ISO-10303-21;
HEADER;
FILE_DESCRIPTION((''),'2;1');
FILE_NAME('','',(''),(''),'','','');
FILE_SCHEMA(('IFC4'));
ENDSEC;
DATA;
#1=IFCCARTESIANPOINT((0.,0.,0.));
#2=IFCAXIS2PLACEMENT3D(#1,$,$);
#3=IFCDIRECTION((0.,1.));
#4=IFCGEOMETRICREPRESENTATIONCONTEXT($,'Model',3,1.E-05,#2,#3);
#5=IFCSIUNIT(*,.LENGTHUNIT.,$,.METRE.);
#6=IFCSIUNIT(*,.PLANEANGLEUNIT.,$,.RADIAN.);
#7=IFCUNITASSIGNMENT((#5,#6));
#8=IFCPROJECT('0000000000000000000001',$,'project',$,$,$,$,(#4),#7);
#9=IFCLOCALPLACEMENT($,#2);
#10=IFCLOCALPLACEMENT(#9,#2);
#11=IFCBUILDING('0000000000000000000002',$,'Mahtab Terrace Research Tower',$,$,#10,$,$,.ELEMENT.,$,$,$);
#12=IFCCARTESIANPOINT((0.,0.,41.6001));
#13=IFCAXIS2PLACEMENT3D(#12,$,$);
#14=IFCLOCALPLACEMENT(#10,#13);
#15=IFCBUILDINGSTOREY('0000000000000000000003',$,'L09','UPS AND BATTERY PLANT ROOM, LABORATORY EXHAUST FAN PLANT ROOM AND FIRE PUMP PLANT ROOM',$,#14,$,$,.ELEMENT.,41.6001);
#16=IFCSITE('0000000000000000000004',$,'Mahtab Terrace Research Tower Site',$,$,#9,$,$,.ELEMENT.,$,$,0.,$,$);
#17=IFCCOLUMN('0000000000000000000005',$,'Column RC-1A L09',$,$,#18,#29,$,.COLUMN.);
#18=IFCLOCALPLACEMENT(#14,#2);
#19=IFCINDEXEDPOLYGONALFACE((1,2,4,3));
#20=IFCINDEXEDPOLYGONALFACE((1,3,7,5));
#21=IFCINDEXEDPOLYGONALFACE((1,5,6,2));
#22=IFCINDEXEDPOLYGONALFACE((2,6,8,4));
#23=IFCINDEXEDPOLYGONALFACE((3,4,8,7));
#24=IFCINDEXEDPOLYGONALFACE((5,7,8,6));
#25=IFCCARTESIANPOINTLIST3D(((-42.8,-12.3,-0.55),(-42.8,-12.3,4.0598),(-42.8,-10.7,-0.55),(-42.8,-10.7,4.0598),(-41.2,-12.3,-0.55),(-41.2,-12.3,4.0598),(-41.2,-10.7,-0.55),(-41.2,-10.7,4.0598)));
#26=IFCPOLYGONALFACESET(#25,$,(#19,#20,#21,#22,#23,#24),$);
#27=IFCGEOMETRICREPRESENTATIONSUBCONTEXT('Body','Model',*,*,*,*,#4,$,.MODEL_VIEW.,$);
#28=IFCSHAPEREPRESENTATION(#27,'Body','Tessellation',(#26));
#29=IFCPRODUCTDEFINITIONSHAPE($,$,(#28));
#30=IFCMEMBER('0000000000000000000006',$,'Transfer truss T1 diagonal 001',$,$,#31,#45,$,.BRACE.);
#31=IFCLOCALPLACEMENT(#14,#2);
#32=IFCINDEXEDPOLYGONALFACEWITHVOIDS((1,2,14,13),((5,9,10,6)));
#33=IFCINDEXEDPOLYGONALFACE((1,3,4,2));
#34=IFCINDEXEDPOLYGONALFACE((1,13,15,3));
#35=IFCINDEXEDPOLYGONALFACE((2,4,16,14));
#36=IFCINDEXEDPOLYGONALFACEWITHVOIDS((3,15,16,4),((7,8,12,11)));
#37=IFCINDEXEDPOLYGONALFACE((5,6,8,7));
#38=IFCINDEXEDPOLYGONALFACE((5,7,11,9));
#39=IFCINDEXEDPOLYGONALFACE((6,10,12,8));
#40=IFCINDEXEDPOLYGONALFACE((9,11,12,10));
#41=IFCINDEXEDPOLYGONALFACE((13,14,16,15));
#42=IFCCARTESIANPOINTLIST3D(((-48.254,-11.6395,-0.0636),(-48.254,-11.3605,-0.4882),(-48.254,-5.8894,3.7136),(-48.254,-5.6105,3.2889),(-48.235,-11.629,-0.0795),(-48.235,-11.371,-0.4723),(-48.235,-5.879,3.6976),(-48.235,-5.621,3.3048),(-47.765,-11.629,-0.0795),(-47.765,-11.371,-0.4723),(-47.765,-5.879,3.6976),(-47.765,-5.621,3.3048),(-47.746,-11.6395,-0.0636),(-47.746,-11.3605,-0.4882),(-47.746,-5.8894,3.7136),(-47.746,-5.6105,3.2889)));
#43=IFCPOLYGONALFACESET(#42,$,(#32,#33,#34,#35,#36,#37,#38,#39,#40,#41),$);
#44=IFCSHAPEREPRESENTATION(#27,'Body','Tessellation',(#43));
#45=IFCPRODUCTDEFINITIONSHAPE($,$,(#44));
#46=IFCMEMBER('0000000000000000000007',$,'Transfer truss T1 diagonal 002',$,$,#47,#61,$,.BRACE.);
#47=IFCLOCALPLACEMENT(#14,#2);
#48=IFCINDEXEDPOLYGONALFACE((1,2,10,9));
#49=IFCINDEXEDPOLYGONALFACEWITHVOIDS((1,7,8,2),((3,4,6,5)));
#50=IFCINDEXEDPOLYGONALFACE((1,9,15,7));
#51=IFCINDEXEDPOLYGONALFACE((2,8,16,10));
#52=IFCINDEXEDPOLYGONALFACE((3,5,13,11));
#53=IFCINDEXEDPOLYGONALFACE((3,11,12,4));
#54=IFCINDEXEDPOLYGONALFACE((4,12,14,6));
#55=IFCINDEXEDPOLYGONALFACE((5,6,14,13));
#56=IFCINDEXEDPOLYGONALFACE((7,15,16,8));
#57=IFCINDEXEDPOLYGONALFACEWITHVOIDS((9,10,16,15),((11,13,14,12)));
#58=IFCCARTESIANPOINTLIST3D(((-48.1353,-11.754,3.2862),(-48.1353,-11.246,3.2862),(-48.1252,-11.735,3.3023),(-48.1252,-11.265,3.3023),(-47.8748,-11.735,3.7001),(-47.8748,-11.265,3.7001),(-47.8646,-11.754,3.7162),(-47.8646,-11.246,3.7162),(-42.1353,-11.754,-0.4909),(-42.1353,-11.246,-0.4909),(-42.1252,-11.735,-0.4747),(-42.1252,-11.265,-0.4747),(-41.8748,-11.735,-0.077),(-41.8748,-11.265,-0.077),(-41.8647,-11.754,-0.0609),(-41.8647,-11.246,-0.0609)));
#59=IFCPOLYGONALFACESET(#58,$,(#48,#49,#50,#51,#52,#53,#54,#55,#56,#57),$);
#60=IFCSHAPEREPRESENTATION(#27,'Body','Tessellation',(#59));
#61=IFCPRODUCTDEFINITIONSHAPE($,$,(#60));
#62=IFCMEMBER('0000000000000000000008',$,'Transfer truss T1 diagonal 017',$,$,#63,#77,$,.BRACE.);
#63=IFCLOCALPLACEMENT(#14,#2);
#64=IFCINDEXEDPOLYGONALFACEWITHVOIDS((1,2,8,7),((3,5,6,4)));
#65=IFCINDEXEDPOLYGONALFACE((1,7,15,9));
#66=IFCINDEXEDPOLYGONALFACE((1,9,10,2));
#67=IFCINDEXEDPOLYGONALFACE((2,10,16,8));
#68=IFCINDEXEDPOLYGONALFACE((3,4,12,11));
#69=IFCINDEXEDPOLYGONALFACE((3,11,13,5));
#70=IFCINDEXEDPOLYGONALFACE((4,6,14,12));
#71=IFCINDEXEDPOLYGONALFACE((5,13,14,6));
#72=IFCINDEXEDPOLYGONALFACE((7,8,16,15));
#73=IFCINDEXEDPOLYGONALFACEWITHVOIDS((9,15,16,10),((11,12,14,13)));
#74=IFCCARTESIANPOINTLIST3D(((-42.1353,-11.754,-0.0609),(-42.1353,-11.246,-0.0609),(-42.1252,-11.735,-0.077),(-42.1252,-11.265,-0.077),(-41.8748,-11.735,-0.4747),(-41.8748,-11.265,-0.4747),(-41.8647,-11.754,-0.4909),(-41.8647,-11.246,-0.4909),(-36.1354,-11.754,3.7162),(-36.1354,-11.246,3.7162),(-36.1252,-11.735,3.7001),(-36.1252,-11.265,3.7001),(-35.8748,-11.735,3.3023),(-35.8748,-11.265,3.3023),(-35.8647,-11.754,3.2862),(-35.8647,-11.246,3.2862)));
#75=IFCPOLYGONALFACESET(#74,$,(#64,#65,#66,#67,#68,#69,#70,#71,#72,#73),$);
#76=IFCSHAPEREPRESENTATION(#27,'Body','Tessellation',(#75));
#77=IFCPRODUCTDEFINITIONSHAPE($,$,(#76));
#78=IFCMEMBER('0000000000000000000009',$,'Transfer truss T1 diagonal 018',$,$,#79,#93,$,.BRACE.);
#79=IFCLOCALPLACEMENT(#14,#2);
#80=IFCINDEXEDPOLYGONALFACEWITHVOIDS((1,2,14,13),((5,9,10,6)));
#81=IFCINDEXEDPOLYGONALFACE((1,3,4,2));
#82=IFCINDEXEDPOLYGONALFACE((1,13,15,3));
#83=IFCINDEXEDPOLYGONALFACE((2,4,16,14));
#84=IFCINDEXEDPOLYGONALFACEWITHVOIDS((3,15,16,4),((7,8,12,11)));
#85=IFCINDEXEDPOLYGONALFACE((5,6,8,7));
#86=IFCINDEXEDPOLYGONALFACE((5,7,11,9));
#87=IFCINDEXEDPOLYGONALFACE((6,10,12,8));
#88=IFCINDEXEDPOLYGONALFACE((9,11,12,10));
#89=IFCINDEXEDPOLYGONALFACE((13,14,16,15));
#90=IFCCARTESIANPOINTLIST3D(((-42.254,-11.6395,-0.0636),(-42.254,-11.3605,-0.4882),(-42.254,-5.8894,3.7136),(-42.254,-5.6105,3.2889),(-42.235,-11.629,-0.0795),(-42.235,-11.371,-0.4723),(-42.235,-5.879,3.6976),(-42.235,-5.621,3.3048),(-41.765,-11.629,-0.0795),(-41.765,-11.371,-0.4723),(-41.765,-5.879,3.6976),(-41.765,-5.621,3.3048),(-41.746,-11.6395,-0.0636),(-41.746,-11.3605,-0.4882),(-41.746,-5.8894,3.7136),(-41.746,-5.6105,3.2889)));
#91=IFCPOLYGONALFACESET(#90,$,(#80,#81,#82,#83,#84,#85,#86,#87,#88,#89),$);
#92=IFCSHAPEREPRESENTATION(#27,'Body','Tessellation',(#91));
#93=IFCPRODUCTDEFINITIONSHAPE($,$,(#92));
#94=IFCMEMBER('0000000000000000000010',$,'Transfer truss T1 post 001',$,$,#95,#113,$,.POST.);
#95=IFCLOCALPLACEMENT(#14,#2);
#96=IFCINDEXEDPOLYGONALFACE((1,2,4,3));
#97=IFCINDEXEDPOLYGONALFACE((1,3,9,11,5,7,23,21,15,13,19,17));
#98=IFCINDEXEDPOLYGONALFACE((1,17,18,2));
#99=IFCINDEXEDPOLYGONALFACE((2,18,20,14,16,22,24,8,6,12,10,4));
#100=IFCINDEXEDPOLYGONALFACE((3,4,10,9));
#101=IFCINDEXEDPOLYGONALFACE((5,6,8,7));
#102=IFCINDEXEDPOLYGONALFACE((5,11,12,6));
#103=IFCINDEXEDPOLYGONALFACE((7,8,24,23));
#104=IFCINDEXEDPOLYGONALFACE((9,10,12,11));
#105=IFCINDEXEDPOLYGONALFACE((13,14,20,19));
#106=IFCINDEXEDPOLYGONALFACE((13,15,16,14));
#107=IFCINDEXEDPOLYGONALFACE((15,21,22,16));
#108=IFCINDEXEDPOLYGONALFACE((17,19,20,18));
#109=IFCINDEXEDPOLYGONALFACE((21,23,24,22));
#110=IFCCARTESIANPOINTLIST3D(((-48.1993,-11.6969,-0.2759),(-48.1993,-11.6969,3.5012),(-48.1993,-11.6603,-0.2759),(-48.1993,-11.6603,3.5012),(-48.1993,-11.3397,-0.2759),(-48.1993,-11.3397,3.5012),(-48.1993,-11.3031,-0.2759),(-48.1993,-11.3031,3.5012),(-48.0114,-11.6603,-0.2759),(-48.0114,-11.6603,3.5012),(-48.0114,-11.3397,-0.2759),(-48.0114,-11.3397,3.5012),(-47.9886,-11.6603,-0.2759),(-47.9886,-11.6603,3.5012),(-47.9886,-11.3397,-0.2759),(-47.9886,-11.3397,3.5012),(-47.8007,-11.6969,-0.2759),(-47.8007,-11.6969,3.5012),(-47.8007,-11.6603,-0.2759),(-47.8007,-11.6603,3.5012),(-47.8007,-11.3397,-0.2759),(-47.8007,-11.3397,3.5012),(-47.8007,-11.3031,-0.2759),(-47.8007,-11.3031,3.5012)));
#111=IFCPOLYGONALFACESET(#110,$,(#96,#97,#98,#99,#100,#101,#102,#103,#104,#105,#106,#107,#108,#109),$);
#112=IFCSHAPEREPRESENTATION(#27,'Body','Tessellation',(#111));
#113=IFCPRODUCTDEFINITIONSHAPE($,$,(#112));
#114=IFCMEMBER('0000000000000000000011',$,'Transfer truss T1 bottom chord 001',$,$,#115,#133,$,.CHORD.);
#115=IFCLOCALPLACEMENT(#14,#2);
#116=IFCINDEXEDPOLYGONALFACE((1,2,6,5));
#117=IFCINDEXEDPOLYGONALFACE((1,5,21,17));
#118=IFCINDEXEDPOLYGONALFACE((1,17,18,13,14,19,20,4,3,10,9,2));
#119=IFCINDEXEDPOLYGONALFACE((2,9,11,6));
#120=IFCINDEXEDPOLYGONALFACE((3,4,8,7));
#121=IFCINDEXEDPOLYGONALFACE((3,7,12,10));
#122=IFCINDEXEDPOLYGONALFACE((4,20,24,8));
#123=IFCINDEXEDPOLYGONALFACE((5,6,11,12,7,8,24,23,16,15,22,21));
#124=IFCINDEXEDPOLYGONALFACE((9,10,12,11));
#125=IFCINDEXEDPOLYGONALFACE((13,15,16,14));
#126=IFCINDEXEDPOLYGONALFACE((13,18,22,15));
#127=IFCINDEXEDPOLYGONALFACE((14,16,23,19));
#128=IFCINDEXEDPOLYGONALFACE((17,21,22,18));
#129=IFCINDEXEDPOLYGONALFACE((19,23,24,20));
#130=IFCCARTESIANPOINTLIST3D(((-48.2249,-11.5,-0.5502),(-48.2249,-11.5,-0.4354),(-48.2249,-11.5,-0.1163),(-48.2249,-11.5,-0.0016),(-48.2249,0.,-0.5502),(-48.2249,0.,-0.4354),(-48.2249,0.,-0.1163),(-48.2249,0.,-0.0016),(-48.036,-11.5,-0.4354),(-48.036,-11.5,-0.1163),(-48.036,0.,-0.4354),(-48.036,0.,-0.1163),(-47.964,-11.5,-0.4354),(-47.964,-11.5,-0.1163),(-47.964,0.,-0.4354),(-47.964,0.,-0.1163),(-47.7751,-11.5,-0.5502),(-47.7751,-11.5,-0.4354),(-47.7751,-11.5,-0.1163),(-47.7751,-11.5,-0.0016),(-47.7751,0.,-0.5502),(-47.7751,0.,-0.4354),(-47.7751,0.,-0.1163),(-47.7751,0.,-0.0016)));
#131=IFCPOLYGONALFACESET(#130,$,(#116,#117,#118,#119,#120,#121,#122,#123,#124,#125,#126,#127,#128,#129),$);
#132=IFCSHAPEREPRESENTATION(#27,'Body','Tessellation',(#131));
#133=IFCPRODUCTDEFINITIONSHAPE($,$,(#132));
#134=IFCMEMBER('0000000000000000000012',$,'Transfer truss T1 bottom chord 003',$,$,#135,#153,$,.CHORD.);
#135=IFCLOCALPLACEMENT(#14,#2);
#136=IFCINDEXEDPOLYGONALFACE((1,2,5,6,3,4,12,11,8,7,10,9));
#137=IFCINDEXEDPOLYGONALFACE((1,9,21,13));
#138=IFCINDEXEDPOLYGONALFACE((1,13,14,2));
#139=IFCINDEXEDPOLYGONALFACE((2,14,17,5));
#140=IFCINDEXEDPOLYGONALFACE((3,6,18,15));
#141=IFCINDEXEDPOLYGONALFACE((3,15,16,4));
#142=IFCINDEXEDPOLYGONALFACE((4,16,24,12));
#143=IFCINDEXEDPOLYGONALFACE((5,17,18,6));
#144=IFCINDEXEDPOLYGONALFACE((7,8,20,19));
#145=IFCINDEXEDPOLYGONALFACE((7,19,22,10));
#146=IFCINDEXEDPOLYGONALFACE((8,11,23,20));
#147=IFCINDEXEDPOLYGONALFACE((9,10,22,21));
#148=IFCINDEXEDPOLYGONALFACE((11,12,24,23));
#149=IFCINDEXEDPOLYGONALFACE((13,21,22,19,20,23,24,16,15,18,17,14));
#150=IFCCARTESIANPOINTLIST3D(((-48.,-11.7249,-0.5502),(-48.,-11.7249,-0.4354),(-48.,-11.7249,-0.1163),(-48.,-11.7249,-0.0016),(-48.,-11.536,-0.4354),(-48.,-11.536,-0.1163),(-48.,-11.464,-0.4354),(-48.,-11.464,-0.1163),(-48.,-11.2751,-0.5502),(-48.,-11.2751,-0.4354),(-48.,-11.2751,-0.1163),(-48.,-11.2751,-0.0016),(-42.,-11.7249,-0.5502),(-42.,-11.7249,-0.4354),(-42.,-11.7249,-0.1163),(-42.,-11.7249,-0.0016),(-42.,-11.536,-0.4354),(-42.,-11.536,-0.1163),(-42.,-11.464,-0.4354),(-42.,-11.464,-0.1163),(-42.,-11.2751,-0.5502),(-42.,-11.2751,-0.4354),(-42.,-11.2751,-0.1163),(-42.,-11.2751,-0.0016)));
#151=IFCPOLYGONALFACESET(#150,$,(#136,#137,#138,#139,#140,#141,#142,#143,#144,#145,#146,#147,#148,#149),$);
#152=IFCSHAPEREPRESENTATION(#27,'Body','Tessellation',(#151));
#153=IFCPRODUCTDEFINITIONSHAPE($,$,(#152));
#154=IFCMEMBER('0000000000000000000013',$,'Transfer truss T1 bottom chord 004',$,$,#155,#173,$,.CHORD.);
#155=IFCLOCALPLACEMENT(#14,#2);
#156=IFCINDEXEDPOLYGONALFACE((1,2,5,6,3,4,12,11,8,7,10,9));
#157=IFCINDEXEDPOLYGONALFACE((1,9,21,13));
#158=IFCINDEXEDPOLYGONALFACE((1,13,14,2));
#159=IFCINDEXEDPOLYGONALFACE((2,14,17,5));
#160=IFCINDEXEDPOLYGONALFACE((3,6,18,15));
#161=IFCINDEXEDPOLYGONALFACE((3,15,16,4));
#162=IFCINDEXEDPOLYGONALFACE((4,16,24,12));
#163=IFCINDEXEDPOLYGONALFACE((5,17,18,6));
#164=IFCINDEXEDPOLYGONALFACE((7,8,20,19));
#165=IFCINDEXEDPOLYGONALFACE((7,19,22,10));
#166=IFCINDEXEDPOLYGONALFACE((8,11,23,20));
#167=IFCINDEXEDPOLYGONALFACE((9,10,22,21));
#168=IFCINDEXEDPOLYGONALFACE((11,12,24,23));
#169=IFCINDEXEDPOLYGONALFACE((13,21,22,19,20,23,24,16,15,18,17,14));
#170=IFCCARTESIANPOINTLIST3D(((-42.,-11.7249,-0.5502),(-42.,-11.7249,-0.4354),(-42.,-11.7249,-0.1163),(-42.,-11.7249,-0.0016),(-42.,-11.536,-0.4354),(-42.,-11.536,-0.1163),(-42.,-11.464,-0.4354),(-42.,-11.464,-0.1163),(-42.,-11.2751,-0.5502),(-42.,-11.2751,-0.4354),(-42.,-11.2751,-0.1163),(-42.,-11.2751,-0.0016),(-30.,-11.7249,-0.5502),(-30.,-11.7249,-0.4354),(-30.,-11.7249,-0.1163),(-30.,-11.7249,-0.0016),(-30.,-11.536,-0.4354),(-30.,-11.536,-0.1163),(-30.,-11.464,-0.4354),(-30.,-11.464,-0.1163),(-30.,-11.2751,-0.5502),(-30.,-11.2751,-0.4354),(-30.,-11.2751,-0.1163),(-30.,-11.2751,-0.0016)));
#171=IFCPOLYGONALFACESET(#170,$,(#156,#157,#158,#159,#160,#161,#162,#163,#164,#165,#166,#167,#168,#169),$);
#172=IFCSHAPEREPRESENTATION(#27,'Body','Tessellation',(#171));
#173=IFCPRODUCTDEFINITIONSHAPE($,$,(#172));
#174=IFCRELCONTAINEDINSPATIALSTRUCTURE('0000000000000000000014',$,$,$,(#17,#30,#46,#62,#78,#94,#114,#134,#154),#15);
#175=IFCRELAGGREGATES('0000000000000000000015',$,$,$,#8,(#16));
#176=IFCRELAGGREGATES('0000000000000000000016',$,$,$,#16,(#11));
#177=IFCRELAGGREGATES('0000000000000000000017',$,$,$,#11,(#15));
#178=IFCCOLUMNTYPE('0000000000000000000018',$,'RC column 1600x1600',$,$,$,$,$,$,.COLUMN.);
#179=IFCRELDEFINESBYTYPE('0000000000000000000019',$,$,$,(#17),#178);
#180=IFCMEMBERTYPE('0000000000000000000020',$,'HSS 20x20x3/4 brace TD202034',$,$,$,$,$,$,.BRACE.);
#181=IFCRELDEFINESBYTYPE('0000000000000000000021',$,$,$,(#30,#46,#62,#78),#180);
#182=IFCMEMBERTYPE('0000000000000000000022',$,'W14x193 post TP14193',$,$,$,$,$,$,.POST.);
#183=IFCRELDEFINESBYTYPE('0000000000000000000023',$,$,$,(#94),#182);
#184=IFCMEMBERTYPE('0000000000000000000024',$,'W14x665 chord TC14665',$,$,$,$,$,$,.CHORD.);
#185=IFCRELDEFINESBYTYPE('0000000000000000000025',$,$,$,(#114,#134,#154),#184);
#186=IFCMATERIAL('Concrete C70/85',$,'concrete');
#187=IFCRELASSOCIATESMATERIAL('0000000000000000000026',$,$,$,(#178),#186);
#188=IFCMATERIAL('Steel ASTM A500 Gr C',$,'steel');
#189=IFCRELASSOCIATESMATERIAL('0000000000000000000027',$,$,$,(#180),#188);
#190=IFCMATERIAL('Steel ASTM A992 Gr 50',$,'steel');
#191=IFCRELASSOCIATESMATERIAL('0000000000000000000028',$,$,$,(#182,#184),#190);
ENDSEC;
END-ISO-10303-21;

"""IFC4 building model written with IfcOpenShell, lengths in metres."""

from ifc_helpers import new_model, si_unit, direction, frame, origin, origin_2d, place, context, subcontext, project, spatial, rectangle, hollow_rectangle, i_section, extrude, material, material_profile, profile_set, type_object, element, save


model = new_model("IFC4")

# Units and contexts
model_context = context("Model", 3, precision=1e-05, world=origin(), true_north=direction((0.0, 1.0)))
body_context = subcontext(model_context, "Body", "Model", "MODEL_VIEW")
ifc_project = project(units=[si_unit("LENGTHUNIT", "METRE"), si_unit("PLANEANGLEUNIT", "RADIAN")], contexts=[model_context])

# Site, building, storey
site_placement = place(None, origin())
site = spatial("IfcSite", under=ifc_project, at=site_placement, Name="Mahtab Terrace Research Tower Site", CompositionType="ELEMENT", RefElevation=0.0)
building_placement = place(site_placement, origin())
building = spatial("IfcBuilding", under=site, at=building_placement, Name="Mahtab Terrace Research Tower", CompositionType="ELEMENT")
storey_placement = place(building_placement, frame((0.0, 0.0, 41.6001)))
storey = spatial("IfcBuildingStorey", under=building, at=storey_placement, Name="L09", Description="UPS AND BATTERY PLANT ROOM, LABORATORY EXHAUST FAN PLANT ROOM AND FIRE PUMP PLANT ROOM", CompositionType="ELEMENT", Elevation=41.6001)

# Column
ifc_material_1 = material(Name="Concrete C70/85", Category="concrete")
ifc_material_profile_1 = material_profile(ifc_material_1, rectangle(XDim=1.6001, YDim=1.6001, at=origin_2d()), Name="RC column 1600x1600")
ifc_profile_set_1 = profile_set([ifc_material_profile_1], Name="Concrete C70/85")
column_type = type_object("IfcColumnType", Name="RC column 1600x1600", PredefinedType="COLUMN", material=ifc_profile_set_1)
column_placement = place(storey_placement, frame((-42.0, -11.5, -0.55), z_axis=(0.0, 0.0, 1.0), x_axis=(1.0, 0.0, 0.0)))
element("IfcColumn", 1, at=column_placement, inside=storey, type_object=column_type, Name="Column RC-1A L09", PredefinedType="COLUMN", context=body_context, shape_type="SweptSolid", body=[
    extrude(rectangle(XDim=1.6001, YDim=1.6001, at=origin_2d()), origin(), (0.0, 0.0, 1.0), 4.6099),
])

# Members
ifc_material_2 = material(Name="Steel ASTM A500 Gr C", Category="steel")
ifc_material_profile_2 = material_profile(ifc_material_2, hollow_rectangle(XDim=0.5081, YDim=0.5081, WallThickness=0.019, at=origin_2d()), Name="HSS20X20X3/4")
ifc_profile_set_2 = profile_set([ifc_material_profile_2], Name="Steel ASTM A500 Gr C")
member_type_1 = type_object("IfcMemberType", Name="HSS 20x20x3/4 brace TD202034", PredefinedType="BRACE", material=ifc_profile_set_2)
member_1_placement = place(storey_placement, frame((-48.0, -11.5, -0.2759), z_axis=(0.0, 0.835804, 0.549028), x_axis=(-1.0, 0.0, 0.0)))
element("IfcMember", 2, at=member_1_placement, inside=storey, type_object=member_type_1, Name="Transfer truss T1 diagonal 001", PredefinedType="BRACE", context=body_context, shape_type="SweptSolid", body=[
    extrude(hollow_rectangle(XDim=0.5081, YDim=0.5081, WallThickness=0.019, at=origin_2d()), origin(), (0.0, 0.0, 1.0), 6.8796),
])
for number, where, z_axis, x_axis, name in (
    (3, (-42.0, -11.5, -0.2759), (-0.846276, 0.0, 0.532745), (0.0, -1.0, 0.0), "Transfer truss T1 diagonal 002"),
    (4, (-42.0, -11.5, -0.2759), (0.846276, 0.0, 0.532745), (0.0, 1.0, 0.0), "Transfer truss T1 diagonal 017"),
):
    element("IfcMember", number, at=place(storey_placement, frame(where, z_axis=z_axis, x_axis=x_axis)), inside=storey, type_object=member_type_1, Name=name, PredefinedType="BRACE", context=body_context, shape_type="SweptSolid", body=[
        extrude(hollow_rectangle(XDim=0.5081, YDim=0.5081, WallThickness=0.019, at=origin_2d()), origin(), (0.0, 0.0, 1.0), 7.0898),
    ])
member_2_placement = place(storey_placement, frame((-42.0, -11.5, -0.2759), z_axis=(0.0, 0.835804, 0.549028), x_axis=(-1.0, 0.0, 0.0)))
element("IfcMember", 5, at=member_2_placement, inside=storey, type_object=member_type_1, Name="Transfer truss T1 diagonal 018", PredefinedType="BRACE", context=body_context, shape_type="SweptSolid", body=[
    extrude(hollow_rectangle(XDim=0.5081, YDim=0.5081, WallThickness=0.019, at=origin_2d()), origin(), (0.0, 0.0, 1.0), 6.8796),
])
ifc_material_3 = material(Name="Steel ASTM A992 Gr 50", Category="steel")
ifc_material_profile_3 = material_profile(ifc_material_3, i_section(OverallWidth=0.3987, OverallDepth=0.3938, WebThickness=0.0227, FlangeThickness=0.0366, at=origin_2d()), Name="W14X193")
ifc_profile_set_3 = profile_set([ifc_material_profile_3], Name="Steel ASTM A992 Gr 50")
member_type_2 = type_object("IfcMemberType", Name="W14x193 post TP14193", PredefinedType="POST", material=ifc_profile_set_3)
member_3_placement = place(storey_placement, frame((-48.0, -11.5, -0.2759), z_axis=(0.0, 0.0, 1.0), x_axis=(1.0, 0.0, 0.0)))
element("IfcMember", 6, at=member_3_placement, inside=storey, type_object=member_type_2, Name="Transfer truss T1 post 001", PredefinedType="POST", context=body_context, shape_type="SweptSolid", body=[
    extrude(i_section(OverallWidth=0.3987, OverallDepth=0.3938, WebThickness=0.0227, FlangeThickness=0.0366, at=origin_2d()), origin(), (0.0, 0.0, 1.0), 3.7771),
])
ifc_material_profile_4 = material_profile(ifc_material_3, i_section(OverallWidth=0.4497, OverallDepth=0.5486, WebThickness=0.072, FlangeThickness=0.1147, at=origin_2d()), Name="W14X665")
ifc_profile_set_4 = profile_set([ifc_material_profile_4], Name="Steel ASTM A992 Gr 50")
member_type_3 = type_object("IfcMemberType", Name="W14x665 chord TC14665", PredefinedType="CHORD", material=ifc_profile_set_4)
member_4_placement = place(storey_placement, frame((-48.0, -11.5, -0.2759), z_axis=(0.0, 1.0, 0.0), x_axis=(-1.0, 0.0, 0.0)))
element("IfcMember", 7, at=member_4_placement, inside=storey, type_object=member_type_3, Name="Transfer truss T1 bottom chord 001", PredefinedType="CHORD", context=body_context, shape_type="SweptSolid", body=[
    extrude(i_section(OverallWidth=0.4497, OverallDepth=0.5486, WebThickness=0.072, FlangeThickness=0.1147, at=origin_2d()), origin(), (0.0, 0.0, 1.0), 11.5),
])
member_5_placement = place(storey_placement, frame((-48.0, -11.5, -0.2759), z_axis=(1.0, 0.0, 0.0), x_axis=(0.0, 1.0, 0.0)))
element("IfcMember", 8, at=member_5_placement, inside=storey, type_object=member_type_3, Name="Transfer truss T1 bottom chord 003", PredefinedType="CHORD", context=body_context, shape_type="SweptSolid", body=[
    extrude(i_section(OverallWidth=0.4497, OverallDepth=0.5486, WebThickness=0.072, FlangeThickness=0.1147, at=origin_2d()), origin(), (0.0, 0.0, 1.0), 6.0),
])
member_6_placement = place(storey_placement, frame((-42.0, -11.5, -0.2759), z_axis=(1.0, 0.0, 0.0), x_axis=(0.0, 1.0, 0.0)))
element("IfcMember", 9, at=member_6_placement, inside=storey, type_object=member_type_3, Name="Transfer truss T1 bottom chord 004", PredefinedType="CHORD", context=body_context, shape_type="SweptSolid", body=[
    extrude(i_section(OverallWidth=0.4497, OverallDepth=0.5486, WebThickness=0.072, FlangeThickness=0.1147, at=origin_2d()), origin(), (0.0, 0.0, 1.0), 12.0),
])

save(model, "model.ifc")
